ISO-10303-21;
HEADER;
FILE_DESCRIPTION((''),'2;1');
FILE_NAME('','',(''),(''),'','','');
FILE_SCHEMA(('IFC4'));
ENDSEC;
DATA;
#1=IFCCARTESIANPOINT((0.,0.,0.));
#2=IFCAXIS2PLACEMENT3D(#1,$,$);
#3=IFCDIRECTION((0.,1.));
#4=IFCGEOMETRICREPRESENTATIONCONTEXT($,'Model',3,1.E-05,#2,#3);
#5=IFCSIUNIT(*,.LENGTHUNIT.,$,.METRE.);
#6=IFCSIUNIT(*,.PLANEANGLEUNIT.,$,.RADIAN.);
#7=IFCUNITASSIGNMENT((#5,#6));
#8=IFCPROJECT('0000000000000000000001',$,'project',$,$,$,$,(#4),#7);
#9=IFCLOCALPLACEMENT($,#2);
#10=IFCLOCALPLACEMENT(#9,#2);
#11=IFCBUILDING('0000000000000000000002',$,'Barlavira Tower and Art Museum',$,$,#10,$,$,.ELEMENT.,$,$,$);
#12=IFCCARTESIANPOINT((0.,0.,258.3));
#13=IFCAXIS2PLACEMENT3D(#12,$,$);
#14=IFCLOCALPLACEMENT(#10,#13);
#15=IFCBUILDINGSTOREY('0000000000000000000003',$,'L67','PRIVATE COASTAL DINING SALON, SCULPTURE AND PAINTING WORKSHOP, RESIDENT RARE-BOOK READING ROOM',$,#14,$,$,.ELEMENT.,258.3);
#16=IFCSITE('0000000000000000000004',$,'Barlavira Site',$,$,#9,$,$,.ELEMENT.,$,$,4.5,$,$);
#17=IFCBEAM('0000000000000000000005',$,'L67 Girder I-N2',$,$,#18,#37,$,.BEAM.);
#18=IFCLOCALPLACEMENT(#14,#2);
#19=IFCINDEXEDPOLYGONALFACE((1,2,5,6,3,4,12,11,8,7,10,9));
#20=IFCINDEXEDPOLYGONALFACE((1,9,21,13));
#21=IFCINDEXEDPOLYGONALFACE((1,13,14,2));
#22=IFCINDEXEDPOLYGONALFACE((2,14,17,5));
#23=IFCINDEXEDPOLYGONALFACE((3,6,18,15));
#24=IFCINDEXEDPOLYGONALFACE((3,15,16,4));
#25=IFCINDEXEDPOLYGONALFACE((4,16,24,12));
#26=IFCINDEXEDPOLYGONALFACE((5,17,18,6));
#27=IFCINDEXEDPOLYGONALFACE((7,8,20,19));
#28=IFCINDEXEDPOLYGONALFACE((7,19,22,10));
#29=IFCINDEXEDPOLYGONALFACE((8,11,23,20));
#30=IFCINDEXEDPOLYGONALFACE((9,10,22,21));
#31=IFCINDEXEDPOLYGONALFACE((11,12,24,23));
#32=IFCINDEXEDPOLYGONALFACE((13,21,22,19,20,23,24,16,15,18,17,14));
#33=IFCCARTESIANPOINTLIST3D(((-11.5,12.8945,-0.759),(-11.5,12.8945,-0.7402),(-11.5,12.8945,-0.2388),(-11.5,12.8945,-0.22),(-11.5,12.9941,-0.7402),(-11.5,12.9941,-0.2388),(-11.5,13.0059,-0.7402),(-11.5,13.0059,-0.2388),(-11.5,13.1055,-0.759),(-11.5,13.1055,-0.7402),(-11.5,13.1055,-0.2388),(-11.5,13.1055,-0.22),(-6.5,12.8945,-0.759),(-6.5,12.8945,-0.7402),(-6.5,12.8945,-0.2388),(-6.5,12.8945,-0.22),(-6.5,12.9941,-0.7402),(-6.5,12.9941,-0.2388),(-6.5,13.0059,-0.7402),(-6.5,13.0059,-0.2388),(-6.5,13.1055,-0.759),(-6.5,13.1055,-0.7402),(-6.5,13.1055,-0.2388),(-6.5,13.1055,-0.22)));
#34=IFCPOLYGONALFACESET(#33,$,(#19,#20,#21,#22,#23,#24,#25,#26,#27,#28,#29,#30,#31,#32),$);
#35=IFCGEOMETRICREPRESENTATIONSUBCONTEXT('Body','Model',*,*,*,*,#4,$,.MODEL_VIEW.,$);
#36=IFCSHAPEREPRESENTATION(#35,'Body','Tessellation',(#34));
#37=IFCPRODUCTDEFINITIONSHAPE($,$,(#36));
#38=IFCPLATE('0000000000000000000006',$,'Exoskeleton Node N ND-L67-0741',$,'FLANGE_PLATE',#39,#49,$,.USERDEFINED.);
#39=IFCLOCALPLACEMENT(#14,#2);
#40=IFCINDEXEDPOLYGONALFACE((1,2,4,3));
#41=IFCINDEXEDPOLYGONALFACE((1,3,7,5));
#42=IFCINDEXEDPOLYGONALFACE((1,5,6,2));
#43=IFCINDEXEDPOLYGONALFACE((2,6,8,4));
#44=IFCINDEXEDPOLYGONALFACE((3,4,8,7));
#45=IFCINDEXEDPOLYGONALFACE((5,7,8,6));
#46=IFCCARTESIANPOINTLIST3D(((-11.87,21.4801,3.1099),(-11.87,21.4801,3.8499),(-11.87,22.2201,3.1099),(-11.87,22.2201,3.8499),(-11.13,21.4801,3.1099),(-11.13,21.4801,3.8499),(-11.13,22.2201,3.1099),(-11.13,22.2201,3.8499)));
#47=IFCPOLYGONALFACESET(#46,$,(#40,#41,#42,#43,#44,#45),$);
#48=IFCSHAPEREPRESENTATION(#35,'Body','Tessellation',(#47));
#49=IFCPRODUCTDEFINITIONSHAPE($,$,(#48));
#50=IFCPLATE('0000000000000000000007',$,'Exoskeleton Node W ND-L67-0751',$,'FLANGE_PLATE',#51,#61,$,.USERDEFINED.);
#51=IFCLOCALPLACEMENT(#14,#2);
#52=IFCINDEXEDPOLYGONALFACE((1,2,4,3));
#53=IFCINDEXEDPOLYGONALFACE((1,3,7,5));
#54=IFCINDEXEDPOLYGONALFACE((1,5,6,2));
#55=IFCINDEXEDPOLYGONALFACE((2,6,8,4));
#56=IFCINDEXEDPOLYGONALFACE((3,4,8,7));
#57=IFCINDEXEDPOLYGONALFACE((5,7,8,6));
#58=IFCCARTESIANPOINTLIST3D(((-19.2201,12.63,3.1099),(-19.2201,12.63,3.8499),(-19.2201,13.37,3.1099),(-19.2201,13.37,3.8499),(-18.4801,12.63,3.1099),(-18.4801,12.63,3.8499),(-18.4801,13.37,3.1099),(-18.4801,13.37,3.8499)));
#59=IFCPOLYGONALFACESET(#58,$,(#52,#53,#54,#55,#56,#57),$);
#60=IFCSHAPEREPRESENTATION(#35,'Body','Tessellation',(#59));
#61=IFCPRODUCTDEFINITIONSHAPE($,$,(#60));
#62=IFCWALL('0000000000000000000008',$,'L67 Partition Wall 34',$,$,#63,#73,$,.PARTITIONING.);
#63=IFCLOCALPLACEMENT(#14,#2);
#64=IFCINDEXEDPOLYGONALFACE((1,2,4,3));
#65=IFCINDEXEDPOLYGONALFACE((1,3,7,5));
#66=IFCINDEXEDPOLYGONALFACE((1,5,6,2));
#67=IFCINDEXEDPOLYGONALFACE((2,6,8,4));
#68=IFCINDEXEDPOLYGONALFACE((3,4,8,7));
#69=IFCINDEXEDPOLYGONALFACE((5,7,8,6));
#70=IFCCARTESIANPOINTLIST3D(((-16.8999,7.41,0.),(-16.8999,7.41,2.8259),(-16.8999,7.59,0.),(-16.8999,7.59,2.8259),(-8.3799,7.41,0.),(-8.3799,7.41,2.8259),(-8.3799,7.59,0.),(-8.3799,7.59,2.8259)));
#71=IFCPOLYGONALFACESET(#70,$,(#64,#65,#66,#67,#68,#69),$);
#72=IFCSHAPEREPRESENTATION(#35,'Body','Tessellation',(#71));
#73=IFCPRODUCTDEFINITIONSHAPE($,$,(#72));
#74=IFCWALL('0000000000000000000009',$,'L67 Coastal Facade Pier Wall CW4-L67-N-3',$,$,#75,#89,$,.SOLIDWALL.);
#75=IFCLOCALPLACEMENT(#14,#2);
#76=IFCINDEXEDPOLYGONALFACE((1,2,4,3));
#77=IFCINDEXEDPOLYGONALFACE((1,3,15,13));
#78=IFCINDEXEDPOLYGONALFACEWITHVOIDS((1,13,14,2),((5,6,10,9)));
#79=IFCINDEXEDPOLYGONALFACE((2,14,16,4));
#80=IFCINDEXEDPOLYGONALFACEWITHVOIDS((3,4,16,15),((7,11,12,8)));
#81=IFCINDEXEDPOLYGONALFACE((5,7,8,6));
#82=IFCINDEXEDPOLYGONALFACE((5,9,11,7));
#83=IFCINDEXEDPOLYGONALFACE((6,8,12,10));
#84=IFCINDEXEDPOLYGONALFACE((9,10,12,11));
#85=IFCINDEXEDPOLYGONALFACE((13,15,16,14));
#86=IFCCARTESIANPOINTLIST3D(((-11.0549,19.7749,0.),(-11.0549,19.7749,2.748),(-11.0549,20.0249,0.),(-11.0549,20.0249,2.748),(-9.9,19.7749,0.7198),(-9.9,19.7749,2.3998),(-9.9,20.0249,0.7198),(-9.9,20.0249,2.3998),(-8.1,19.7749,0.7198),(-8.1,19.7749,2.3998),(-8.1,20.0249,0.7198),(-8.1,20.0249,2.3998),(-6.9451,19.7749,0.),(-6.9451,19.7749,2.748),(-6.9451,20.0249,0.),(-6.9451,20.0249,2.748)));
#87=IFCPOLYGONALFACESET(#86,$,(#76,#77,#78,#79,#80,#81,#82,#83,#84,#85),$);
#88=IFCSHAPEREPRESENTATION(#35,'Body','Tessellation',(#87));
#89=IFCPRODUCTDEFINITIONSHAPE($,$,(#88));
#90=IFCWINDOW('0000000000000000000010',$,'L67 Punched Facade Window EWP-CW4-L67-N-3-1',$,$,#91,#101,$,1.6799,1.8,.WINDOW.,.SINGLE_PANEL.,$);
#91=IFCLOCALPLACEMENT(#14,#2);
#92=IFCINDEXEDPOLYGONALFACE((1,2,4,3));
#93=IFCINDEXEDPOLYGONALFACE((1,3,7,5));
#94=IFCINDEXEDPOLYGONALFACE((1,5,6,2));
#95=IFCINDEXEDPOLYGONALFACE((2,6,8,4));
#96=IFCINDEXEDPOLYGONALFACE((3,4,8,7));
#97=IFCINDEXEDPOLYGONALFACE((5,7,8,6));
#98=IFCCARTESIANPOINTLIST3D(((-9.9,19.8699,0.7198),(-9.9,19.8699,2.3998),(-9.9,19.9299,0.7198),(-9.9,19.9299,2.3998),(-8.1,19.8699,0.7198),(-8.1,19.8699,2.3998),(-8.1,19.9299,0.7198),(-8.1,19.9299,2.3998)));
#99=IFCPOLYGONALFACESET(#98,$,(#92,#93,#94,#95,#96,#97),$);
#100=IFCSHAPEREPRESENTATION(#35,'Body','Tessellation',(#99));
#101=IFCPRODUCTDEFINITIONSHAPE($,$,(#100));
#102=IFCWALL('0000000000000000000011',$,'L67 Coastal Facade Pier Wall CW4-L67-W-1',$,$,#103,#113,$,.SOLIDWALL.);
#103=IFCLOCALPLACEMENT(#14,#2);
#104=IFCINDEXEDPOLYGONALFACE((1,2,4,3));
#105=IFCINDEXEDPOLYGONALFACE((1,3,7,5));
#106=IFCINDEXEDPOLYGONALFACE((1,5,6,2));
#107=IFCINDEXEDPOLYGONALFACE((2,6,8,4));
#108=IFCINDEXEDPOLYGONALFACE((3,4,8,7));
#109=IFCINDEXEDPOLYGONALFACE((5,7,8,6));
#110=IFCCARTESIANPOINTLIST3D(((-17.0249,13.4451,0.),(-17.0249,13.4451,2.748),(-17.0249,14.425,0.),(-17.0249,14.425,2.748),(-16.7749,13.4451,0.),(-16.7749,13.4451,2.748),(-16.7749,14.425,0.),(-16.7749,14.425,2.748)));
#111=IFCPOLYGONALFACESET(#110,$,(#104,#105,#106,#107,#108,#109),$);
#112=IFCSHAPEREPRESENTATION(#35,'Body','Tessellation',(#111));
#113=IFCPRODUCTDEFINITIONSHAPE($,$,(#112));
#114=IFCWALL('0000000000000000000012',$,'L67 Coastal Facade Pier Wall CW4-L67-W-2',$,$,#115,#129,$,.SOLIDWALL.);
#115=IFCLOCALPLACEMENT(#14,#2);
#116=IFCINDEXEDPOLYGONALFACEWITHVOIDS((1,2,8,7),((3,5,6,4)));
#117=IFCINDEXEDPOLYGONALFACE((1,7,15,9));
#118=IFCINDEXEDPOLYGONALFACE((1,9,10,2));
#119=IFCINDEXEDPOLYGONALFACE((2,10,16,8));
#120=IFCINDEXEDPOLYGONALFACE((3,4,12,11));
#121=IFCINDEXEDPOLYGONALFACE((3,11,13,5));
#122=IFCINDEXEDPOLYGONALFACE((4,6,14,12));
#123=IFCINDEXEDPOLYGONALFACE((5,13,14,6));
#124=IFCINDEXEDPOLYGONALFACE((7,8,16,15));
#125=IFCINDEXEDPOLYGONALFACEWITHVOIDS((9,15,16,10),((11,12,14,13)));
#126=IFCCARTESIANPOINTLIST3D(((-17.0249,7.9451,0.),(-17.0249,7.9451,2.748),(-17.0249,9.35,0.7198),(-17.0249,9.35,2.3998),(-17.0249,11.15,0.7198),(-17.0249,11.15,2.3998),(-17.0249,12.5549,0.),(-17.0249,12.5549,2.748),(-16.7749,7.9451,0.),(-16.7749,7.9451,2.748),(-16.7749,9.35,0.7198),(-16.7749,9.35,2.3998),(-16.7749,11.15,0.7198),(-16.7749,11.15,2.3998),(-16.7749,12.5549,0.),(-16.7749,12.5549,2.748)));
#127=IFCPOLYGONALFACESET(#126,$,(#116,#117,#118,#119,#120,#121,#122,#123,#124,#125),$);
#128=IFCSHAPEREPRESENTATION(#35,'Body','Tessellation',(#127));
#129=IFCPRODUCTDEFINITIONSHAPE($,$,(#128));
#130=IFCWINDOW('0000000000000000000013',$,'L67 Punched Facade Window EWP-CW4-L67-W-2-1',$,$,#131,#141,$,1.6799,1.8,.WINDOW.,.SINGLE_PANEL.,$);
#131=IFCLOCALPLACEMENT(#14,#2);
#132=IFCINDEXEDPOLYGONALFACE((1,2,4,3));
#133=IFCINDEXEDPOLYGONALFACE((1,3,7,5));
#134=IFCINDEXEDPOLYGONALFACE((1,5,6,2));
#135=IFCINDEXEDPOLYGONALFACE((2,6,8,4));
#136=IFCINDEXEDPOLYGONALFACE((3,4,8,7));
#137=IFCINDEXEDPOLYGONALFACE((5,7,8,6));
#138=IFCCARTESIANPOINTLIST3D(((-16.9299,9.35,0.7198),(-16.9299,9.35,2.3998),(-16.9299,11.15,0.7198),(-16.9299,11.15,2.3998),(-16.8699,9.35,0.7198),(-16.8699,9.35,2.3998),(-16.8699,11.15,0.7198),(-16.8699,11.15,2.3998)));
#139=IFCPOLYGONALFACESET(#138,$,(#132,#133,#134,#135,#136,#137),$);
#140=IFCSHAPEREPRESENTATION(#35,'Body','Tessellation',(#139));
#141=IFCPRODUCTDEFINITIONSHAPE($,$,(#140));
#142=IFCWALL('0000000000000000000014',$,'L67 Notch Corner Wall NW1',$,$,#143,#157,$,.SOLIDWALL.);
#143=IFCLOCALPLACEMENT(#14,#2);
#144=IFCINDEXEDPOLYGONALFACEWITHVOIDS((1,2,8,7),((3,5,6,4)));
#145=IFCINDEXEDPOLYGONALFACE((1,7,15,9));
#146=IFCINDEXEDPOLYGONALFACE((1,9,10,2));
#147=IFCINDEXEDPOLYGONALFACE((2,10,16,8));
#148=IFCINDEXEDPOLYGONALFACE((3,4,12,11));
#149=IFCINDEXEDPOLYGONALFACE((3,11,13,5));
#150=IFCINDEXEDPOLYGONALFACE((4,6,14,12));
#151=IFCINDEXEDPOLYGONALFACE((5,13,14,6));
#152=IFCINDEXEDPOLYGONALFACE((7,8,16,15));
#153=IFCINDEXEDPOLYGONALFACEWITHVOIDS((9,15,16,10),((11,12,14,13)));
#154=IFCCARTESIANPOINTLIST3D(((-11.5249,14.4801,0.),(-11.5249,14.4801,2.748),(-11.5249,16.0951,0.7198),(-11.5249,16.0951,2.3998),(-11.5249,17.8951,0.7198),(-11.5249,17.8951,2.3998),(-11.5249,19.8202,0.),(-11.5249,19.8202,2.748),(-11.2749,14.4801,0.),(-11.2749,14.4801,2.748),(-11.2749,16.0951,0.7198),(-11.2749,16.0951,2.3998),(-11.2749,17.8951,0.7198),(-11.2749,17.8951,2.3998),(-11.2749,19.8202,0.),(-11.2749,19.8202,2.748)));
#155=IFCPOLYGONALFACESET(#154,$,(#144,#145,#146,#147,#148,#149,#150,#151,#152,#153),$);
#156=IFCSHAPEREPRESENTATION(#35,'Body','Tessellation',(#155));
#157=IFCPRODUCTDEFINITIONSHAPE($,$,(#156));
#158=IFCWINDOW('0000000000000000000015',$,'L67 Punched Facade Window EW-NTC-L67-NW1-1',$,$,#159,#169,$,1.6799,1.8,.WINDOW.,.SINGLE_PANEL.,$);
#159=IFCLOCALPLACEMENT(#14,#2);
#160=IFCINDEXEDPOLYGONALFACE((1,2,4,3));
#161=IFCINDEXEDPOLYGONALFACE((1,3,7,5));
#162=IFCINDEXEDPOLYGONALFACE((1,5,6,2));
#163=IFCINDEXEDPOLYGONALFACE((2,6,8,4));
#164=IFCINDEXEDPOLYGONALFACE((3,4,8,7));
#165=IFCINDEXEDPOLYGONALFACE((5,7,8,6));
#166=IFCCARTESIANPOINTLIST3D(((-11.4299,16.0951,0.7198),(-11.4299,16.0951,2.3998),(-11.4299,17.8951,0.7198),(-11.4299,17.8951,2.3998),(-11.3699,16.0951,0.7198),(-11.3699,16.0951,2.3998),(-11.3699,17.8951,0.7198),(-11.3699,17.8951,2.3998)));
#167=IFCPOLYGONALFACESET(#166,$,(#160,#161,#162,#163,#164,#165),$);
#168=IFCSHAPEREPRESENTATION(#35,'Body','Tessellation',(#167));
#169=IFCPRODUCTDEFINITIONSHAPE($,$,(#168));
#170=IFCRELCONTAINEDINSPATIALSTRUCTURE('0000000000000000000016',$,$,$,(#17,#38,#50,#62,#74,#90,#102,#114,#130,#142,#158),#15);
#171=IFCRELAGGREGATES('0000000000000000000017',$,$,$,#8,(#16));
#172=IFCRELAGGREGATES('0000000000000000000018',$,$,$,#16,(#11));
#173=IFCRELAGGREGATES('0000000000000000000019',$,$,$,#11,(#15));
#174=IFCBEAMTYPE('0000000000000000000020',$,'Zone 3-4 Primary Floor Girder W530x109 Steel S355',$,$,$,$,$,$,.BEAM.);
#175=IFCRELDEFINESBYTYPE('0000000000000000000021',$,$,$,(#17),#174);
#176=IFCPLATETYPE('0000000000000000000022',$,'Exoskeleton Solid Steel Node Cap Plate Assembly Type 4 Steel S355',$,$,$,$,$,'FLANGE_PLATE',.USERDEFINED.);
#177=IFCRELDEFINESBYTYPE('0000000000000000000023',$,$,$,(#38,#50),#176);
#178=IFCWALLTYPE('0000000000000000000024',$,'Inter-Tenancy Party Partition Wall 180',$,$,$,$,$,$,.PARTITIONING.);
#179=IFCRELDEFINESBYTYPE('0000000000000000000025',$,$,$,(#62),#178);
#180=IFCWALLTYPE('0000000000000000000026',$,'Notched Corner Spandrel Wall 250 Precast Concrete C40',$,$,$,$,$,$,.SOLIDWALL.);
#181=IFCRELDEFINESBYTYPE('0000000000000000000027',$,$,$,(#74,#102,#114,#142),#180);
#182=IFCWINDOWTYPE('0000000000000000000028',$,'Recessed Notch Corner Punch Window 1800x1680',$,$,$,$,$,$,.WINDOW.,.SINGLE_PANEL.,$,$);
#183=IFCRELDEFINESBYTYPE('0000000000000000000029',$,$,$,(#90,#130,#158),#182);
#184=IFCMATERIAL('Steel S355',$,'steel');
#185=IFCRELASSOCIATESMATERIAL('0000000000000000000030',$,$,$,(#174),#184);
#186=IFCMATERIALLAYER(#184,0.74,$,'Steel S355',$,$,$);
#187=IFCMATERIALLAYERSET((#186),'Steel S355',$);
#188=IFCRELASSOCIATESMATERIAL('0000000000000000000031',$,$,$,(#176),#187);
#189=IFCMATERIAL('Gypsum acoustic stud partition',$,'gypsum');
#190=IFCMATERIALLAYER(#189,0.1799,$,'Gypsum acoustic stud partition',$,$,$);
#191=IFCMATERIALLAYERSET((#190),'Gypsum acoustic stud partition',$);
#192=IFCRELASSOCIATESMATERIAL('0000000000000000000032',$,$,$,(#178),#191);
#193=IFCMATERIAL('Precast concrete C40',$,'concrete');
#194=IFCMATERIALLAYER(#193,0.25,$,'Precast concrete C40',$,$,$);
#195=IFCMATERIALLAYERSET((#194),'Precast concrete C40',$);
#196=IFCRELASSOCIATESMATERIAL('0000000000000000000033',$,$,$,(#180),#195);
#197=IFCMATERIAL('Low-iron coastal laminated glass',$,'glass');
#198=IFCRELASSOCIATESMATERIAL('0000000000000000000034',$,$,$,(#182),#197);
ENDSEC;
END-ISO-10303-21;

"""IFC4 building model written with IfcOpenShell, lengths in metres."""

from ifc_helpers import new_model, si_unit, direction, frame, frame_2d, origin, origin_2d, place, context, subcontext, project, spatial, rectangle, i_section, extrude, material, layer, layer_set, material_profile, profile_set, type_object, element, fill, save


model = new_model("IFC4")

# Units and contexts
model_context = context("Model", 3, precision=1e-05, world=origin(), true_north=direction((0.0, 1.0)))
body_context = subcontext(model_context, "Body", "Model", "MODEL_VIEW")
ifc_project = project(units=[si_unit("LENGTHUNIT", "METRE"), si_unit("PLANEANGLEUNIT", "RADIAN")], contexts=[model_context])

# Site, building, storey
site_placement = place(None, origin())
site = spatial("IfcSite", under=ifc_project, at=site_placement, Name="Barlavira Site", CompositionType="ELEMENT", RefElevation=4.5)
building_placement = place(site_placement, origin())
building = spatial("IfcBuilding", under=site, at=building_placement, Name="Barlavira Tower and Art Museum", CompositionType="ELEMENT")
storey_placement = place(building_placement, frame((0.0, 0.0, 258.3)))
storey = spatial("IfcBuildingStorey", under=building, at=storey_placement, Name="L67", Description="PRIVATE COASTAL DINING SALON, SCULPTURE AND PAINTING WORKSHOP, RESIDENT RARE-BOOK READING ROOM", CompositionType="ELEMENT", Elevation=258.3)

# Shared definitions
ifc_material_1 = material(Name="Steel S355", Category="steel")

# Beam
ifc_material_profile_1 = material_profile(ifc_material_1, i_section(OverallWidth=0.2109, OverallDepth=0.5391, WebThickness=0.0117, FlangeThickness=0.0188, at=origin_2d()), Name="W530x109.0")
ifc_profile_set_1 = profile_set([ifc_material_profile_1], Name="Steel S355")
beam_type_1 = type_object("IfcBeamType", Name="Zone 3-4 Primary Floor Girder W530x109 Steel S355", PredefinedType="BEAM", material=ifc_profile_set_1)
beam_1_placement = place(storey_placement, frame((-11.5, 13.0, -0.4895), z_axis=(1.0, 0.0, 0.0), x_axis=(0.0, 1.0, 0.0)))
element("IfcBeam", 1, at=beam_1_placement, inside=storey, type_object=beam_type_1, Name="L67 Girder I-N2", PredefinedType="BEAM", context=body_context, shape_type="SweptSolid", body=[
    extrude(i_section(OverallWidth=0.2109, OverallDepth=0.5391, WebThickness=0.0117, FlangeThickness=0.0188, at=origin_2d()), origin(), (0.0, 0.0, 1.0), 5.0),
])

# Plates
ifc_layer_1 = layer(ifc_material_1, 0.74, Name="Steel S355")
ifc_layer_set_1 = layer_set([ifc_layer_1], Name="Steel S355")
plate_type = type_object("IfcPlateType", Name="Exoskeleton Solid Steel Node Cap Plate Assembly Type 4 Steel S355", ElementType="FLANGE_PLATE", PredefinedType="USERDEFINED", material=ifc_layer_set_1)
for number, where, z_axis, x_axis, name in (
    (2, (-11.5, 21.8501, 3.1099), (0.0, 0.0, 1.0), (1.0, 0.0, 0.0), "Exoskeleton Node N ND-L67-0741"),
    (3, (-18.8501, 13.0, 3.1099), (0.0, 0.0, 1.0), (1.0, 0.0, 0.0), "Exoskeleton Node W ND-L67-0751"),
):
    element("IfcPlate", number, at=place(storey_placement, frame(where, z_axis=z_axis, x_axis=x_axis)), inside=storey, type_object=plate_type, Name=name, ObjectType="FLANGE_PLATE", PredefinedType="USERDEFINED", context=body_context, shape_type="SweptSolid", body=[
        extrude(rectangle(XDim=0.74, YDim=0.74, at=origin_2d()), origin(), (0.0, 0.0, 1.0), 0.74),
    ])

# Wall
ifc_material_2 = material(Name="Gypsum acoustic stud partition", Category="gypsum")
ifc_layer_2 = layer(ifc_material_2, 0.1799, Name="Gypsum acoustic stud partition")
ifc_layer_set_2 = layer_set([ifc_layer_2], Name="Gypsum acoustic stud partition")
wall_type_1 = type_object("IfcWallType", Name="Inter-Tenancy Party Partition Wall 180", PredefinedType="PARTITIONING", material=ifc_layer_set_2)
wall_1_placement = place(storey_placement, frame((-16.8999, 7.5, 0.0), z_axis=(0.0, 0.0, 1.0), x_axis=(1.0, 0.0, 0.0)))
element("IfcWall", 4, at=wall_1_placement, inside=storey, type_object=wall_type_1, Name="L67 Partition Wall 34", PredefinedType="PARTITIONING", context=body_context, shape_type="SweptSolid", body=[
    extrude(rectangle(XDim=8.52, YDim=0.1799, at=frame_2d((4.26, 0.0))), origin(), (0.0, 0.0, 1.0), 2.8259),
])

# Wall, opening, window
ifc_material_3 = material(Name="Precast concrete C40", Category="concrete")
ifc_layer_3 = layer(ifc_material_3, 0.25, Name="Precast concrete C40")
ifc_layer_set_3 = layer_set([ifc_layer_3], Name="Precast concrete C40")
wall_type_2 = type_object("IfcWallType", Name="Notched Corner Spandrel Wall 250 Precast Concrete C40", PredefinedType="SOLIDWALL", material=ifc_layer_set_3)
wall_2_placement = place(storey_placement, frame((-6.9451, 19.8999, 0.0), z_axis=(0.0, 0.0, 1.0), x_axis=(-1.0, 0.0, 0.0)))
wall_2 = element("IfcWall", 5, at=wall_2_placement, inside=storey, type_object=wall_type_2, Name="L67 Coastal Facade Pier Wall CW4-L67-N-3", PredefinedType="SOLIDWALL", context=body_context, shape_type="SweptSolid", body=[
    extrude(rectangle(XDim=4.1099, YDim=0.25, at=frame_2d((2.0549, 0.0))), origin(), (0.0, 0.0, 1.0), 2.748),
])
opening_1_placement = place(wall_2_placement, frame((1.155, 0.0, 0.72)))
opening_1 = element("IfcOpeningElement", 6, at=opening_1_placement, cuts=wall_2, PredefinedType="OPENING", context=body_context, shape_type="SweptSolid", body=[
    extrude(rectangle(XDim=1.8, YDim=1.6799, at=frame_2d((0.8999, 0.8398))), frame((0.0, 0.135, 0.0), z_axis=(0.0, -1.0, 0.0), x_axis=(1.0, 0.0, 0.0)), (0.0, 0.0, 1.0), 0.27),
])
ifc_material_4 = material(Name="Low-iron coastal laminated glass", Category="glass")
window_type = type_object("IfcWindowType", Name="Recessed Notch Corner Punch Window 1800x1680", PartitioningType="SINGLE_PANEL", PredefinedType="WINDOW", material=ifc_material_4)
window_1_placement = place(opening_1_placement, origin())
window_1 = element("IfcWindow", 7, at=window_1_placement, inside=storey, type_object=window_type, Name="L67 Punched Facade Window EWP-CW4-L67-N-3-1", OverallHeight=1.6799, OverallWidth=1.8, PartitioningType="SINGLE_PANEL", PredefinedType="WINDOW", context=body_context, shape_type="SweptSolid", body=[
    extrude(rectangle(XDim=1.8, YDim=1.6799, at=frame_2d((0.8999, 0.8398))), frame((0.0, 0.03, 0.0), z_axis=(0.0, -1.0, 0.0), x_axis=(1.0, 0.0, 0.0)), (0.0, 0.0, 1.0), 0.0601),
])
fill(opening_1, window_1)

# Wall
wall_3_placement = place(storey_placement, frame((-16.8999, 14.425, 0.0), z_axis=(0.0, 0.0, 1.0), x_axis=(0.0, -1.0, 0.0)))
element("IfcWall", 8, at=wall_3_placement, inside=storey, type_object=wall_type_2, Name="L67 Coastal Facade Pier Wall CW4-L67-W-1", PredefinedType="SOLIDWALL", context=body_context, shape_type="SweptSolid", body=[
    extrude(rectangle(XDim=0.98, YDim=0.25, at=frame_2d((0.49, 0.0))), origin(), (0.0, 0.0, 1.0), 2.748),
])

# Walls, openings, windows
wall_4_placement = place(storey_placement, frame((-16.8999, 12.5549, 0.0), z_axis=(0.0, 0.0, 1.0), x_axis=(0.0, -1.0, 0.0)))
wall_4 = element("IfcWall", 9, at=wall_4_placement, inside=storey, type_object=wall_type_2, Name="L67 Coastal Facade Pier Wall CW4-L67-W-2", PredefinedType="SOLIDWALL", context=body_context, shape_type="SweptSolid", body=[
    extrude(rectangle(XDim=4.6099, YDim=0.25, at=frame_2d((2.3049, 0.0))), origin(), (0.0, 0.0, 1.0), 2.748),
])
opening_2_placement = place(wall_4_placement, frame((1.405, 0.0, 0.72)))
opening_2 = element("IfcOpeningElement", 10, at=opening_2_placement, cuts=wall_4, PredefinedType="OPENING", context=body_context, shape_type="SweptSolid", body=[
    extrude(rectangle(XDim=1.8, YDim=1.6799, at=frame_2d((0.8999, 0.8398))), frame((0.0, 0.135, 0.0), z_axis=(0.0, -1.0, 0.0), x_axis=(1.0, 0.0, 0.0)), (0.0, 0.0, 1.0), 0.27),
])
window_2_placement = place(opening_2_placement, origin())
window_2 = element("IfcWindow", 11, at=window_2_placement, inside=storey, type_object=window_type, Name="L67 Punched Facade Window EWP-CW4-L67-W-2-1", OverallHeight=1.6799, OverallWidth=1.8, PartitioningType="SINGLE_PANEL", PredefinedType="WINDOW", context=body_context, shape_type="SweptSolid", body=[
    extrude(rectangle(XDim=1.8, YDim=1.6799, at=frame_2d((0.8999, 0.8398))), frame((0.0, 0.03, 0.0), z_axis=(0.0, -1.0, 0.0), x_axis=(1.0, 0.0, 0.0)), (0.0, 0.0, 1.0), 0.0601),
])
fill(opening_2, window_2)
wall_5_placement = place(storey_placement, frame((-11.3999, 19.8201, 0.0), z_axis=(0.0, 0.0, 1.0), x_axis=(0.0, -1.0, 0.0)))
wall_5 = element("IfcWall", 12, at=wall_5_placement, inside=storey, type_object=wall_type_2, Name="L67 Notch Corner Wall NW1", PredefinedType="SOLIDWALL", context=body_context, shape_type="SweptSolid", body=[
    extrude(rectangle(XDim=5.3401, YDim=0.25, at=frame_2d((2.6699, 0.0))), origin(), (0.0, 0.0, 1.0), 2.748),
])
opening_3_placement = place(wall_5_placement, frame((1.925, 0.0, 0.72)))
opening_3 = element("IfcOpeningElement", 13, at=opening_3_placement, cuts=wall_5, PredefinedType="OPENING", context=body_context, shape_type="SweptSolid", body=[
    extrude(rectangle(XDim=1.8, YDim=1.6799, at=frame_2d((0.8999, 0.8398))), frame((0.0, 0.135, 0.0), z_axis=(0.0, -1.0, 0.0), x_axis=(1.0, 0.0, 0.0)), (0.0, 0.0, 1.0), 0.27),
])
window_3_placement = place(opening_3_placement, origin())
window_3 = element("IfcWindow", 14, at=window_3_placement, inside=storey, type_object=window_type, Name="L67 Punched Facade Window EW-NTC-L67-NW1-1", OverallHeight=1.6799, OverallWidth=1.8, PartitioningType="SINGLE_PANEL", PredefinedType="WINDOW", context=body_context, shape_type="SweptSolid", body=[
    extrude(rectangle(XDim=1.8, YDim=1.6799, at=frame_2d((0.8999, 0.8398))), frame((0.0, 0.03, 0.0), z_axis=(0.0, -1.0, 0.0), x_axis=(1.0, 0.0, 0.0)), (0.0, 0.0, 1.0), 0.0601),
])
fill(opening_3, window_3)

save(model, "model.ifc")
